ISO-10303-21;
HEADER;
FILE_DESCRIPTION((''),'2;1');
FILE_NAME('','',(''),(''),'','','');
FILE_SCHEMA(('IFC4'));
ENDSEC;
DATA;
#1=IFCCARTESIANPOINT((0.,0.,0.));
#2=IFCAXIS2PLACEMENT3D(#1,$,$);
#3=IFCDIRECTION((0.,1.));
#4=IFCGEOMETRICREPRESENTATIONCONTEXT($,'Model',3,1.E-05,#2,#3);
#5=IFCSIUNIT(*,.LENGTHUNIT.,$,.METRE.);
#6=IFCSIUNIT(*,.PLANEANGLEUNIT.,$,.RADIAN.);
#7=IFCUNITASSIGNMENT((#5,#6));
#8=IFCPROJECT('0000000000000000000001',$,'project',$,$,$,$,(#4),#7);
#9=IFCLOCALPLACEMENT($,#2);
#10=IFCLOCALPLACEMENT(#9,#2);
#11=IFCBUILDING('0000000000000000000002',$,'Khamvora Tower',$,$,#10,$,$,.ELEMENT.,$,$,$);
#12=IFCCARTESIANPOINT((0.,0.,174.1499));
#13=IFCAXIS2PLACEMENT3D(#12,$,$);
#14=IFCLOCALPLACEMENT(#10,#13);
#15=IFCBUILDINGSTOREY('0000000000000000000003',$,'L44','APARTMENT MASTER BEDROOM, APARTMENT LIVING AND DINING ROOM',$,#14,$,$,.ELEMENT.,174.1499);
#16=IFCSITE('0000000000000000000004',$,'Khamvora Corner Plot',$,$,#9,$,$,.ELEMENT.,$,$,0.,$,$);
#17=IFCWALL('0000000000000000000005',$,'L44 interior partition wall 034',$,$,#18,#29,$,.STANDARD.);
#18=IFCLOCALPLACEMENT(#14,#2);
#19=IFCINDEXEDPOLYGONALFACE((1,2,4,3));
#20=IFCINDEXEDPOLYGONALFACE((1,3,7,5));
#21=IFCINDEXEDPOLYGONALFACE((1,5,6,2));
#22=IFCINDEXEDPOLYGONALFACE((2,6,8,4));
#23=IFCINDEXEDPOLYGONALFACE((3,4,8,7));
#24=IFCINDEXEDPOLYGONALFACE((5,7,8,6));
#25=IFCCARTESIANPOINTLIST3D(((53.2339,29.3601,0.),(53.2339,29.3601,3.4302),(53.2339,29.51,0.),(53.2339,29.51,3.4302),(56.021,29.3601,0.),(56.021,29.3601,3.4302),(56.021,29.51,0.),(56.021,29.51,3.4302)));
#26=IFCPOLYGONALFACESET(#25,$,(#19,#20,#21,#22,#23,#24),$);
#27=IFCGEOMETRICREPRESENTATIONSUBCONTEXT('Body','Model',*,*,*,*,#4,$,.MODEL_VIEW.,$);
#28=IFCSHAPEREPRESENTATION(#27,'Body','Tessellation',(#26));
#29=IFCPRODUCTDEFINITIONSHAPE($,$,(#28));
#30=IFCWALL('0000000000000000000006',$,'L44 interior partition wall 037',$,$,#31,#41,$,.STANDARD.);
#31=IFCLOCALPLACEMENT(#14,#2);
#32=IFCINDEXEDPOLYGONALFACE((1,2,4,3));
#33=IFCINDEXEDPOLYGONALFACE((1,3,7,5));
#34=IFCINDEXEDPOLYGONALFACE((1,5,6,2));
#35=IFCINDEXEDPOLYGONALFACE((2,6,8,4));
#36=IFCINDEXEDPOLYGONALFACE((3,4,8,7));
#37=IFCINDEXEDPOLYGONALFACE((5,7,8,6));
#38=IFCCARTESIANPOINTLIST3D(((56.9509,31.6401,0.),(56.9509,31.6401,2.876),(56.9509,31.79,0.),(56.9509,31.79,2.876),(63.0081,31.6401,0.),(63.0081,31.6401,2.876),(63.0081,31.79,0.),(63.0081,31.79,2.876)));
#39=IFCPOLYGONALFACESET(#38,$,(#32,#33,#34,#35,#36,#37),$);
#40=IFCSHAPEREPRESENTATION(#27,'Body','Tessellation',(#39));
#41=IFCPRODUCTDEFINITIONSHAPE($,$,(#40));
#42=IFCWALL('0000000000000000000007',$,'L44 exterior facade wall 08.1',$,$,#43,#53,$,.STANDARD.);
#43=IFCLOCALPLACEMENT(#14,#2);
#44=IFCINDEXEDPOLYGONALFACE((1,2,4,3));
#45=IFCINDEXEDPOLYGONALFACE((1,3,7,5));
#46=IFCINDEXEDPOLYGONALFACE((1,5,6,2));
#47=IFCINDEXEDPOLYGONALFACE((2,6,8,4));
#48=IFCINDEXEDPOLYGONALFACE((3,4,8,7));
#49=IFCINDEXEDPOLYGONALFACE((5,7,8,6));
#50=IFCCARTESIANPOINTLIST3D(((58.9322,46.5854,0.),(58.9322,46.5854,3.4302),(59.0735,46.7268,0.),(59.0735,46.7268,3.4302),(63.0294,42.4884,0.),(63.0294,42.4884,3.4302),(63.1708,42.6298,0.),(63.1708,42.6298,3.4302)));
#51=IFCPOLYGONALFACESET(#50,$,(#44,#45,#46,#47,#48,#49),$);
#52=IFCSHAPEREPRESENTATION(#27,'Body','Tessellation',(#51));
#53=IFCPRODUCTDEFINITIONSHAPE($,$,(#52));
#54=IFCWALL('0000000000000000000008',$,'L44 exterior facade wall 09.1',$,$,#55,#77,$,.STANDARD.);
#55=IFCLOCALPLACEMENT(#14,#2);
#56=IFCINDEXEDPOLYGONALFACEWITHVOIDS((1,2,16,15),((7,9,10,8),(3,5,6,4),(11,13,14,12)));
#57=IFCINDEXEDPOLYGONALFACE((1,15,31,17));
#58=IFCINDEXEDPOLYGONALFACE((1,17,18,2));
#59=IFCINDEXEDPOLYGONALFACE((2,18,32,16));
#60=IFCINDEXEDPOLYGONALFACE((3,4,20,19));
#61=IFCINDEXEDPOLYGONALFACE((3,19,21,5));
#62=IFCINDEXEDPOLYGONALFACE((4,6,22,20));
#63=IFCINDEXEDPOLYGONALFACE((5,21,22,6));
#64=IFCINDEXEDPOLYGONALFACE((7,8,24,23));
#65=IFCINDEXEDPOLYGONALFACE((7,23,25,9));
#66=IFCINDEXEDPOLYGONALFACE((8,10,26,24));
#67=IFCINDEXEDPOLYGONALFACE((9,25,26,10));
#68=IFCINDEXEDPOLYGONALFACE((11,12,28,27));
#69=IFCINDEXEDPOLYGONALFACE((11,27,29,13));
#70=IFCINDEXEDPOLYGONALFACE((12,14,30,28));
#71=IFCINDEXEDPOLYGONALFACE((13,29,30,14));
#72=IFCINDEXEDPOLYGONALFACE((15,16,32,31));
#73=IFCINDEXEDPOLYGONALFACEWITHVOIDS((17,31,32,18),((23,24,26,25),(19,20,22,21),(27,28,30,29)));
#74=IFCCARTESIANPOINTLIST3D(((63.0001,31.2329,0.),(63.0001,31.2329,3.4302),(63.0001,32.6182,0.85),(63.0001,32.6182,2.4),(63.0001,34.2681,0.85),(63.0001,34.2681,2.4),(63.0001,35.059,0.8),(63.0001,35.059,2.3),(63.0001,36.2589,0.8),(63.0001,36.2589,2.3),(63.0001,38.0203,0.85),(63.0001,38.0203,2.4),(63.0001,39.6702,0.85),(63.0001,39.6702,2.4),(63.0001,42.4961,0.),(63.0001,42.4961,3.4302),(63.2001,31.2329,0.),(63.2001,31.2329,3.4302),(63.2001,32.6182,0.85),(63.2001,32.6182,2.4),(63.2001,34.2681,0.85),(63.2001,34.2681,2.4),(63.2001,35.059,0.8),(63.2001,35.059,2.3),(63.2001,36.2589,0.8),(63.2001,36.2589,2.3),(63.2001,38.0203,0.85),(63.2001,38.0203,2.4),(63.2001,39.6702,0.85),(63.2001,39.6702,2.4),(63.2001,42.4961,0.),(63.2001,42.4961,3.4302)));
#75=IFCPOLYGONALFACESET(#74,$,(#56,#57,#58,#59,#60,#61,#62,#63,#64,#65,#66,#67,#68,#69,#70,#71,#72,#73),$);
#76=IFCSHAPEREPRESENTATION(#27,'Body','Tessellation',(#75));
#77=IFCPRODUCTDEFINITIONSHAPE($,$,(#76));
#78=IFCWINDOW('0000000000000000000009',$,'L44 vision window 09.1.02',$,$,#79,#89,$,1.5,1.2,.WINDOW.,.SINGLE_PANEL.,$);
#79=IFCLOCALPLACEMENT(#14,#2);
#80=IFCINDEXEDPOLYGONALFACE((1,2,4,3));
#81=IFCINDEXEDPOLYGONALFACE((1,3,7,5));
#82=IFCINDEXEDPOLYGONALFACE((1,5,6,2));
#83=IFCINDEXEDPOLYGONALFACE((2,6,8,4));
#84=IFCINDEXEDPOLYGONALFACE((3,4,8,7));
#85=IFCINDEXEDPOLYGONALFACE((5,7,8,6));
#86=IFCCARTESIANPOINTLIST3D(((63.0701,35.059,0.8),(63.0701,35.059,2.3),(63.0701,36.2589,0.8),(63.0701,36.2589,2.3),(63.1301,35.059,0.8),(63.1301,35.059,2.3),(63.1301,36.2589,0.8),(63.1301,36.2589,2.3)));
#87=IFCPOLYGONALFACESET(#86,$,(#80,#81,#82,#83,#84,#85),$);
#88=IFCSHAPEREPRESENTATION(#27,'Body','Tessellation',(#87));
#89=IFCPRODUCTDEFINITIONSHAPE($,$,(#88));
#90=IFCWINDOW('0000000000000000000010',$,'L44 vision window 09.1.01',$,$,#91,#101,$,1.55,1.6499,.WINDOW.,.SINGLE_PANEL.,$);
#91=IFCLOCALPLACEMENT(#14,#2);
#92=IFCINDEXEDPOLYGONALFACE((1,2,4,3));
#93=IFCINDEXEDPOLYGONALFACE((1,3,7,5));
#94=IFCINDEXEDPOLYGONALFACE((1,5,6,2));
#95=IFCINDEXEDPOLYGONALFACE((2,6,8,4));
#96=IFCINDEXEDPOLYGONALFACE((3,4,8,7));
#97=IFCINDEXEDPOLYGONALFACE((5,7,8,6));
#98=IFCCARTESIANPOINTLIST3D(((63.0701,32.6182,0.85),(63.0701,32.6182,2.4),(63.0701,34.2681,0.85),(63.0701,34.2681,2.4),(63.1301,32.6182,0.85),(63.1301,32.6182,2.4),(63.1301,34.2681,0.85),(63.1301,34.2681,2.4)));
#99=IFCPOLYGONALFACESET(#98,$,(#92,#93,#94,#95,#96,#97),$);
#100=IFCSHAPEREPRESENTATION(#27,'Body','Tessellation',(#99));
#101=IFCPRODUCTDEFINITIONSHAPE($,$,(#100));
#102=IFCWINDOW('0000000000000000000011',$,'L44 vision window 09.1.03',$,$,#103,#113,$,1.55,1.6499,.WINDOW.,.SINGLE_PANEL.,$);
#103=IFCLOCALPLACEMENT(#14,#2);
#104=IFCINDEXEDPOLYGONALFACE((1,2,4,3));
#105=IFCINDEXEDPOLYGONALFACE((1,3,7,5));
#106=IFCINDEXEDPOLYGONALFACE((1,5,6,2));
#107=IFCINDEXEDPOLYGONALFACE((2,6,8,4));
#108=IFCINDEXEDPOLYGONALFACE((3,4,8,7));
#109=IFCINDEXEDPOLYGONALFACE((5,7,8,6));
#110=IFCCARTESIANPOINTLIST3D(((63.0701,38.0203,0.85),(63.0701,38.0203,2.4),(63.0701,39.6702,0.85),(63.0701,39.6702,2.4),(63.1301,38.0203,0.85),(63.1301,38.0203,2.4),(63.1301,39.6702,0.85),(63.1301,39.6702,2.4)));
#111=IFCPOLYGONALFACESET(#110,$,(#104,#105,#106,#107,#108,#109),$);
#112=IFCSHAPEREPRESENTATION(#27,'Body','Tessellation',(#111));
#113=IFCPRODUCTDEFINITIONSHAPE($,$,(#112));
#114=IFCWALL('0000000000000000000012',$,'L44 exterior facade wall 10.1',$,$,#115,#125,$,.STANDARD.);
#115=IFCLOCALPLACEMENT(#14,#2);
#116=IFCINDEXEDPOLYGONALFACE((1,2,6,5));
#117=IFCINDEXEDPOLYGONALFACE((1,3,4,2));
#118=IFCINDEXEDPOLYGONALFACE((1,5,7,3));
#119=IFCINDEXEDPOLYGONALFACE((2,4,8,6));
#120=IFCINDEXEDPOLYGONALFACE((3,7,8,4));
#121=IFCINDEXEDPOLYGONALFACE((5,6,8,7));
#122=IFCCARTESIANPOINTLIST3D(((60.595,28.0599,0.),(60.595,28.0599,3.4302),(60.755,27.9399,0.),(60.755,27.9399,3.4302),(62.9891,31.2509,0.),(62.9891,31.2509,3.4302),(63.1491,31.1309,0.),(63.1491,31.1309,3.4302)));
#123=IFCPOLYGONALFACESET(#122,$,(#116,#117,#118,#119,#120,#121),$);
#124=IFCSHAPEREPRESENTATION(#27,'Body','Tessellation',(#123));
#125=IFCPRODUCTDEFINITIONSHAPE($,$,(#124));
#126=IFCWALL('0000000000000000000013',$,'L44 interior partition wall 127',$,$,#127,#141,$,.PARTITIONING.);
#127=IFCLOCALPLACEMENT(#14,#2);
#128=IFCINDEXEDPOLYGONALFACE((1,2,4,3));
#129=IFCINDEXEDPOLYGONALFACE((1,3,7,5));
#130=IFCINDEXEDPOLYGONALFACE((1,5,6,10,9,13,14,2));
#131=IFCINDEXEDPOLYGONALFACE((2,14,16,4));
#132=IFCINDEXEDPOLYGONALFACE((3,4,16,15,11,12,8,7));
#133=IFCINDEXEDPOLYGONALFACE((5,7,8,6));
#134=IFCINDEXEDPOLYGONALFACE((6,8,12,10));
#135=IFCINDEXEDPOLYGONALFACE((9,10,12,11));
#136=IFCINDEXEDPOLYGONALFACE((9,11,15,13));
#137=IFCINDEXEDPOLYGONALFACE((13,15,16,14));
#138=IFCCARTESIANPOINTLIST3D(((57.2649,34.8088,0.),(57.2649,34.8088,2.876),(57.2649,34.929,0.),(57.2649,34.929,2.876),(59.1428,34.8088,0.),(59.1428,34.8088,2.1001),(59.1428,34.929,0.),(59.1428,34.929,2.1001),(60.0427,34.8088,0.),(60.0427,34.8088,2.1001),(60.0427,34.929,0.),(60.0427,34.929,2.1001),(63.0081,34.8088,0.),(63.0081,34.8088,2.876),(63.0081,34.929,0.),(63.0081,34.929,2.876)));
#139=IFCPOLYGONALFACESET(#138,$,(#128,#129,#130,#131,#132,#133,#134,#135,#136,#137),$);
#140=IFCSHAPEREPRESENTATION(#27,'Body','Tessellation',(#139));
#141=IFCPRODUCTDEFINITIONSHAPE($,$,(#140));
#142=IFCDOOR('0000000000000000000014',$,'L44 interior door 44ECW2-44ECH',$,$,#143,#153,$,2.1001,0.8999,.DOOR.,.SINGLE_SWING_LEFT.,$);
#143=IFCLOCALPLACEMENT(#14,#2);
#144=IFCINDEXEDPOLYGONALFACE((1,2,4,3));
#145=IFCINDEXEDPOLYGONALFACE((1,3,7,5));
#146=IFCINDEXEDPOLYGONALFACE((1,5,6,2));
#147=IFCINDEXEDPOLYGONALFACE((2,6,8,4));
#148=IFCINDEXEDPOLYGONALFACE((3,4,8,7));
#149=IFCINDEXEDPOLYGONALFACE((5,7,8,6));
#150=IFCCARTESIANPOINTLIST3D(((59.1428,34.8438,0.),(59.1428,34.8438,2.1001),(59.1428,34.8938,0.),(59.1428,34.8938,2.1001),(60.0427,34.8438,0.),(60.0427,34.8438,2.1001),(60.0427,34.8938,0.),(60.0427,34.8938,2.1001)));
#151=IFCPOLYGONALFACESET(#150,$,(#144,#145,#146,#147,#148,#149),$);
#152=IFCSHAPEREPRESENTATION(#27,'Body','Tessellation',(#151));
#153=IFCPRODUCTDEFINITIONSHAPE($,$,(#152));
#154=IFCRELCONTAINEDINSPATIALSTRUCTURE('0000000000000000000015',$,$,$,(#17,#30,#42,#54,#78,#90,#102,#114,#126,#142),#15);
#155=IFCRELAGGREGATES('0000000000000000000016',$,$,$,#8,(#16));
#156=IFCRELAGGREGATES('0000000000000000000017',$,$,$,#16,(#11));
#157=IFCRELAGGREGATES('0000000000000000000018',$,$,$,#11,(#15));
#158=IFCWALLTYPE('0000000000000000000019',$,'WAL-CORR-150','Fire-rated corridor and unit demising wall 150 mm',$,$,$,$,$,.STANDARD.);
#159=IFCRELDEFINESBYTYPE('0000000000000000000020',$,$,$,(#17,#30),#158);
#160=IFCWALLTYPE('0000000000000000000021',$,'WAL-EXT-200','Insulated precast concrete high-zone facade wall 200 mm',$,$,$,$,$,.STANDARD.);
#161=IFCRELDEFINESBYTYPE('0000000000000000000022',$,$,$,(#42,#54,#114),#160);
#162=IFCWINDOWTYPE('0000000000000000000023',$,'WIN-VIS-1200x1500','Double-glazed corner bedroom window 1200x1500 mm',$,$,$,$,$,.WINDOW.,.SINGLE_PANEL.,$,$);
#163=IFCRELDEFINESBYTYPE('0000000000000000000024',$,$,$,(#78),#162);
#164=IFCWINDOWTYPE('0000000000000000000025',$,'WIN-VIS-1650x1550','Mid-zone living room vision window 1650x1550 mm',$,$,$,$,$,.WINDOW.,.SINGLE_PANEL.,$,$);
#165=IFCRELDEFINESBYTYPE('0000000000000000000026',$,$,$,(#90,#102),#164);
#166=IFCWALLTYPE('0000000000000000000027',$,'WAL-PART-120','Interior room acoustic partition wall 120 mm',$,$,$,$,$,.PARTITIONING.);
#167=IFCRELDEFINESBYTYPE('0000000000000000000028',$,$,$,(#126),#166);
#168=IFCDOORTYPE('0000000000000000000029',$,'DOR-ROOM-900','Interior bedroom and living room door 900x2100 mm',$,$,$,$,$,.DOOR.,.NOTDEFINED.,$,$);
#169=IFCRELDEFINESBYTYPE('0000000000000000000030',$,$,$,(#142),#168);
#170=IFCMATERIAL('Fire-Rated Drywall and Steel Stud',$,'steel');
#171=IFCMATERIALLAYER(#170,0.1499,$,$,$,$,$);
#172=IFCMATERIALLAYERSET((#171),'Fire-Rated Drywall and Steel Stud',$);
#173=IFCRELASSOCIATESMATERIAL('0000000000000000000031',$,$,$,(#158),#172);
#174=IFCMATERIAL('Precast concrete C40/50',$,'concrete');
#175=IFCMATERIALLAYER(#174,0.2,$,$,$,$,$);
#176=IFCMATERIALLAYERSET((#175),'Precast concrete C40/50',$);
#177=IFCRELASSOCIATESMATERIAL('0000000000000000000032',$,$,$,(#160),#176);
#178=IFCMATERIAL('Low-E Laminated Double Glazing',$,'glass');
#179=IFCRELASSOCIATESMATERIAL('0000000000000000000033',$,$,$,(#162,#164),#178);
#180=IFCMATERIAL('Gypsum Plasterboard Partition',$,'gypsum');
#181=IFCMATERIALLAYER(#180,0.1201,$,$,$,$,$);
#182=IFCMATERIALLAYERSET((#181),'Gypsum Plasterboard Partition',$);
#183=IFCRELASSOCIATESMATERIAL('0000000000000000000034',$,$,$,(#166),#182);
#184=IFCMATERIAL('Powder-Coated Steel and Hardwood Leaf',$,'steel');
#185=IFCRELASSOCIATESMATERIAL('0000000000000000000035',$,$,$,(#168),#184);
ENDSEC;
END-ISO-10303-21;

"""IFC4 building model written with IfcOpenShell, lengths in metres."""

from ifc_helpers import new_model, si_unit, direction, frame, frame_2d, origin, place, context, subcontext, project, spatial, rectangle, extrude, material, layer, layer_set, type_object, element, fill, save


model = new_model("IFC4")

# Units and contexts
model_context = context("Model", 3, precision=1e-05, world=origin(), true_north=direction((0.0, 1.0)))
body_context = subcontext(model_context, "Body", "Model", "MODEL_VIEW")
ifc_project = project(units=[si_unit("LENGTHUNIT", "METRE"), si_unit("PLANEANGLEUNIT", "RADIAN")], contexts=[model_context])

# Site, building, storey
site_placement = place(None, origin())
site = spatial("IfcSite", under=ifc_project, at=site_placement, Name="Khamvora Corner Plot", CompositionType="ELEMENT", RefElevation=0.0)
building_placement = place(site_placement, origin())
building = spatial("IfcBuilding", under=site, at=building_placement, Name="Khamvora Tower", CompositionType="ELEMENT")
storey_placement = place(building_placement, frame((0.0, 0.0, 174.1499)))
storey = spatial("IfcBuildingStorey", under=building, at=storey_placement, Name="L44", Description="APARTMENT MASTER BEDROOM, APARTMENT LIVING AND DINING ROOM", CompositionType="ELEMENT", Elevation=174.1499)

# Shared definitions
ifc_material_1 = material(Name="Fire-Rated Drywall and Steel Stud", Category="steel")
ifc_layer_1 = layer(ifc_material_1, 0.1499)
ifc_layer_set_1 = layer_set([ifc_layer_1], Name="Fire-Rated Drywall and Steel Stud")
wall_type_1 = type_object("IfcWallType", Name="WAL-CORR-150", Description="Fire-rated corridor and unit demising wall 150 mm", PredefinedType="STANDARD", material=ifc_layer_set_1)

# Shared definitions
ifc_material_2 = material(Name="Powder-Coated Steel and Hardwood Leaf", Category="steel")

# Walls
wall_1_placement = place(storey_placement, frame((56.021, 29.4351, 0.0), z_axis=(0.0, 0.0, 1.0), x_axis=(-1.0, 0.0, 0.0)))
element("IfcWall", 1, at=wall_1_placement, inside=storey, type_object=wall_type_1, Name="L44 interior partition wall 034", PredefinedType="STANDARD", context=body_context, shape_type="SweptSolid", body=[
    extrude(rectangle(XDim=2.7871, YDim=0.1499, at=frame_2d((1.3936, 0.0))), origin(), (0.0, 0.0, 1.0), 3.4302),
])
wall_2_placement = place(storey_placement, frame((56.9509, 31.7151, 0.0), z_axis=(0.0, 0.0, 1.0), x_axis=(1.0, 0.0, 0.0)))
element("IfcWall", 2, at=wall_2_placement, inside=storey, type_object=wall_type_1, Name="L44 interior partition wall 037", PredefinedType="STANDARD", context=body_context, shape_type="SweptSolid", body=[
    extrude(rectangle(XDim=6.0571, YDim=0.1499, at=frame_2d((3.0286, 0.0))), origin(), (0.0, 0.0, 1.0), 2.876),
])
ifc_material_3 = material(Name="Precast concrete C40/50", Category="concrete")
ifc_layer_2 = layer(ifc_material_3, 0.2)
ifc_layer_set_2 = layer_set([ifc_layer_2], Name="Precast concrete C40/50")
wall_type_2 = type_object("IfcWallType", Name="WAL-EXT-200", Description="Insulated precast concrete high-zone facade wall 200 mm", PredefinedType="STANDARD", material=ifc_layer_set_2)
wall_3_placement = place(storey_placement, frame((59.0029, 46.656, 0.0), z_axis=(0.0, 0.0, 1.0), x_axis=(0.707128, -0.707086, 0.0)))
element("IfcWall", 3, at=wall_3_placement, inside=storey, type_object=wall_type_2, Name="L44 exterior facade wall 08.1", PredefinedType="STANDARD", context=body_context, shape_type="SweptSolid", body=[
    extrude(rectangle(XDim=5.7942, YDim=0.2, at=frame_2d((2.897, 0.0))), origin(), (0.0, 0.0, 1.0), 3.4302),
])

# Wall, openings, windows
wall_4_placement = place(storey_placement, frame((63.1001, 42.4961, 0.0), z_axis=(0.0, 0.0, 1.0), x_axis=(0.0, -1.0, 0.0)))
wall_4 = element("IfcWall", 4, at=wall_4_placement, inside=storey, type_object=wall_type_2, Name="L44 exterior facade wall 09.1", PredefinedType="STANDARD", context=body_context, shape_type="SweptSolid", body=[
    extrude(rectangle(XDim=11.2632, YDim=0.2, at=frame_2d((5.6316, 0.0))), origin(), (0.0, 0.0, 1.0), 3.4302),
])
opening_1_placement = place(wall_4_placement, frame((8.228, 0.0, 0.8501)))
opening_1 = element("IfcOpeningElement", 5, at=opening_1_placement, cuts=wall_4, PredefinedType="OPENING", context=body_context, shape_type="SweptSolid", body=[
    extrude(rectangle(XDim=1.6499, YDim=1.55, at=frame_2d((0.825, 0.7749))), frame((0.0, 0.1099, 0.0), z_axis=(0.0, -1.0, 0.0), x_axis=(1.0, 0.0, 0.0)), (0.0, 0.0, 1.0), 0.22),
])
opening_2_placement = place(wall_4_placement, frame((6.2371, 0.0, 0.8)))
opening_2 = element("IfcOpeningElement", 6, at=opening_2_placement, cuts=wall_4, PredefinedType="OPENING", context=body_context, shape_type="SweptSolid", body=[
    extrude(rectangle(XDim=1.2, YDim=1.5, at=frame_2d((0.6001, 0.75))), frame((0.0, 0.1099, 0.0), z_axis=(0.0, -1.0, 0.0), x_axis=(1.0, 0.0, 0.0)), (0.0, 0.0, 1.0), 0.22),
])
opening_3_placement = place(wall_4_placement, frame((2.8259, 0.0, 0.8501)))
opening_3 = element("IfcOpeningElement", 7, at=opening_3_placement, cuts=wall_4, PredefinedType="OPENING", context=body_context, shape_type="SweptSolid", body=[
    extrude(rectangle(XDim=1.6499, YDim=1.55, at=frame_2d((0.825, 0.7749))), frame((0.0, 0.1099, 0.0), z_axis=(0.0, -1.0, 0.0), x_axis=(1.0, 0.0, 0.0)), (0.0, 0.0, 1.0), 0.22),
])
ifc_material_4 = material(Name="Low-E Laminated Double Glazing", Category="glass")
window_type_1 = type_object("IfcWindowType", Name="WIN-VIS-1200x1500", Description="Double-glazed corner bedroom window 1200x1500 mm", PartitioningType="SINGLE_PANEL", PredefinedType="WINDOW", material=ifc_material_4)
window_1_placement = place(opening_2_placement, origin())
window_1 = element("IfcWindow", 8, at=window_1_placement, inside=storey, type_object=window_type_1, Name="L44 vision window 09.1.02", OverallHeight=1.5, OverallWidth=1.2, PartitioningType="SINGLE_PANEL", PredefinedType="WINDOW", context=body_context, shape_type="SweptSolid", body=[
    extrude(rectangle(XDim=1.2, YDim=1.5, at=frame_2d((0.6001, 0.75))), frame((0.0, 0.03, 0.0), z_axis=(0.0, -1.0, 0.0), x_axis=(1.0, 0.0, 0.0)), (0.0, 0.0, 1.0), 0.0601),
])
fill(opening_2, window_1)
window_type_2 = type_object("IfcWindowType", Name="WIN-VIS-1650x1550", Description="Mid-zone living room vision window 1650x1550 mm", PartitioningType="SINGLE_PANEL", PredefinedType="WINDOW", material=ifc_material_4)
window_2_placement = place(opening_1_placement, origin())
window_2 = element("IfcWindow", 9, at=window_2_placement, inside=storey, type_object=window_type_2, Name="L44 vision window 09.1.01", OverallHeight=1.55, OverallWidth=1.6499, PartitioningType="SINGLE_PANEL", PredefinedType="WINDOW", context=body_context, shape_type="SweptSolid", body=[
    extrude(rectangle(XDim=1.6499, YDim=1.55, at=frame_2d((0.825, 0.7749))), frame((0.0, 0.03, 0.0), z_axis=(0.0, -1.0, 0.0), x_axis=(1.0, 0.0, 0.0)), (0.0, 0.0, 1.0), 0.0601),
])
fill(opening_1, window_2)
window_3_placement = place(opening_3_placement, origin())
window_3 = element("IfcWindow", 10, at=window_3_placement, inside=storey, type_object=window_type_2, Name="L44 vision window 09.1.03", OverallHeight=1.55, OverallWidth=1.6499, PartitioningType="SINGLE_PANEL", PredefinedType="WINDOW", context=body_context, shape_type="SweptSolid", body=[
    extrude(rectangle(XDim=1.6499, YDim=1.55, at=frame_2d((0.825, 0.7749))), frame((0.0, 0.03, 0.0), z_axis=(0.0, -1.0, 0.0), x_axis=(1.0, 0.0, 0.0)), (0.0, 0.0, 1.0), 0.0601),
])
fill(opening_3, window_3)

# Wall
wall_5_placement = place(storey_placement, frame((63.0691, 31.1909, 0.0), z_axis=(0.0, 0.0, 1.0), x_axis=(-0.600137, -0.799897, 0.0)))
element("IfcWall", 11, at=wall_5_placement, inside=storey, type_object=wall_type_2, Name="L44 exterior facade wall 10.1", PredefinedType="STANDARD", context=body_context, shape_type="SweptSolid", body=[
    extrude(rectangle(XDim=3.9893, YDim=0.2, at=frame_2d((1.9946, 0.0))), origin(), (0.0, 0.0, 1.0), 3.4302),
])

# Wall, opening, door
ifc_material_5 = material(Name="Gypsum Plasterboard Partition", Category="gypsum")
ifc_layer_3 = layer(ifc_material_5, 0.1201)
ifc_layer_set_3 = layer_set([ifc_layer_3], Name="Gypsum Plasterboard Partition")
wall_type_3 = type_object("IfcWallType", Name="WAL-PART-120", Description="Interior room acoustic partition wall 120 mm", PredefinedType="PARTITIONING", material=ifc_layer_set_3)
wall_6_placement = place(storey_placement, frame((57.2649, 34.8689, 0.0), z_axis=(0.0, 0.0, 1.0), x_axis=(1.0, 0.0, 0.0)))
wall_6 = element("IfcWall", 12, at=wall_6_placement, inside=storey, type_object=wall_type_3, Name="L44 interior partition wall 127", PredefinedType="PARTITIONING", context=body_context, shape_type="SweptSolid", body=[
    extrude(rectangle(XDim=5.7432, YDim=0.1201, at=frame_2d((2.8716, 0.0))), origin(), (0.0, 0.0, 1.0), 2.876),
])
opening_4_placement = place(wall_6_placement, frame((1.8779, 0.0, 0.0)))
opening_4 = element("IfcOpeningElement", 13, at=opening_4_placement, cuts=wall_6, PredefinedType="OPENING", context=body_context, shape_type="SweptSolid", body=[
    extrude(rectangle(XDim=0.8999, YDim=2.1001, at=frame_2d((0.45, 1.05))), frame((0.0, 0.0701, 0.0), z_axis=(0.0, -1.0, 0.0), x_axis=(1.0, 0.0, 0.0)), (0.0, 0.0, 1.0), 0.1401),
])
door_type_1 = type_object("IfcDoorType", Name="DOR-ROOM-900", Description="Interior bedroom and living room door 900x2100 mm", OperationType="NOTDEFINED", PredefinedType="DOOR", material=ifc_material_2)
door_1_placement = place(opening_4_placement, origin())
door_1 = element("IfcDoor", 14, at=door_1_placement, inside=storey, type_object=door_type_1, Name="L44 interior door 44ECW2-44ECH", OperationType="SINGLE_SWING_LEFT", OverallHeight=2.1001, OverallWidth=0.8999, PredefinedType="DOOR", context=body_context, shape_type="SweptSolid", body=[
    extrude(rectangle(XDim=0.8999, YDim=2.1001, at=frame_2d((0.45, 1.05))), frame((0.0, 0.0249, 0.0), z_axis=(0.0, -1.0, 0.0), x_axis=(1.0, 0.0, 0.0)), (0.0, 0.0, 1.0), 0.05),
])
fill(opening_4, door_1)

save(model, "model.ifc")
